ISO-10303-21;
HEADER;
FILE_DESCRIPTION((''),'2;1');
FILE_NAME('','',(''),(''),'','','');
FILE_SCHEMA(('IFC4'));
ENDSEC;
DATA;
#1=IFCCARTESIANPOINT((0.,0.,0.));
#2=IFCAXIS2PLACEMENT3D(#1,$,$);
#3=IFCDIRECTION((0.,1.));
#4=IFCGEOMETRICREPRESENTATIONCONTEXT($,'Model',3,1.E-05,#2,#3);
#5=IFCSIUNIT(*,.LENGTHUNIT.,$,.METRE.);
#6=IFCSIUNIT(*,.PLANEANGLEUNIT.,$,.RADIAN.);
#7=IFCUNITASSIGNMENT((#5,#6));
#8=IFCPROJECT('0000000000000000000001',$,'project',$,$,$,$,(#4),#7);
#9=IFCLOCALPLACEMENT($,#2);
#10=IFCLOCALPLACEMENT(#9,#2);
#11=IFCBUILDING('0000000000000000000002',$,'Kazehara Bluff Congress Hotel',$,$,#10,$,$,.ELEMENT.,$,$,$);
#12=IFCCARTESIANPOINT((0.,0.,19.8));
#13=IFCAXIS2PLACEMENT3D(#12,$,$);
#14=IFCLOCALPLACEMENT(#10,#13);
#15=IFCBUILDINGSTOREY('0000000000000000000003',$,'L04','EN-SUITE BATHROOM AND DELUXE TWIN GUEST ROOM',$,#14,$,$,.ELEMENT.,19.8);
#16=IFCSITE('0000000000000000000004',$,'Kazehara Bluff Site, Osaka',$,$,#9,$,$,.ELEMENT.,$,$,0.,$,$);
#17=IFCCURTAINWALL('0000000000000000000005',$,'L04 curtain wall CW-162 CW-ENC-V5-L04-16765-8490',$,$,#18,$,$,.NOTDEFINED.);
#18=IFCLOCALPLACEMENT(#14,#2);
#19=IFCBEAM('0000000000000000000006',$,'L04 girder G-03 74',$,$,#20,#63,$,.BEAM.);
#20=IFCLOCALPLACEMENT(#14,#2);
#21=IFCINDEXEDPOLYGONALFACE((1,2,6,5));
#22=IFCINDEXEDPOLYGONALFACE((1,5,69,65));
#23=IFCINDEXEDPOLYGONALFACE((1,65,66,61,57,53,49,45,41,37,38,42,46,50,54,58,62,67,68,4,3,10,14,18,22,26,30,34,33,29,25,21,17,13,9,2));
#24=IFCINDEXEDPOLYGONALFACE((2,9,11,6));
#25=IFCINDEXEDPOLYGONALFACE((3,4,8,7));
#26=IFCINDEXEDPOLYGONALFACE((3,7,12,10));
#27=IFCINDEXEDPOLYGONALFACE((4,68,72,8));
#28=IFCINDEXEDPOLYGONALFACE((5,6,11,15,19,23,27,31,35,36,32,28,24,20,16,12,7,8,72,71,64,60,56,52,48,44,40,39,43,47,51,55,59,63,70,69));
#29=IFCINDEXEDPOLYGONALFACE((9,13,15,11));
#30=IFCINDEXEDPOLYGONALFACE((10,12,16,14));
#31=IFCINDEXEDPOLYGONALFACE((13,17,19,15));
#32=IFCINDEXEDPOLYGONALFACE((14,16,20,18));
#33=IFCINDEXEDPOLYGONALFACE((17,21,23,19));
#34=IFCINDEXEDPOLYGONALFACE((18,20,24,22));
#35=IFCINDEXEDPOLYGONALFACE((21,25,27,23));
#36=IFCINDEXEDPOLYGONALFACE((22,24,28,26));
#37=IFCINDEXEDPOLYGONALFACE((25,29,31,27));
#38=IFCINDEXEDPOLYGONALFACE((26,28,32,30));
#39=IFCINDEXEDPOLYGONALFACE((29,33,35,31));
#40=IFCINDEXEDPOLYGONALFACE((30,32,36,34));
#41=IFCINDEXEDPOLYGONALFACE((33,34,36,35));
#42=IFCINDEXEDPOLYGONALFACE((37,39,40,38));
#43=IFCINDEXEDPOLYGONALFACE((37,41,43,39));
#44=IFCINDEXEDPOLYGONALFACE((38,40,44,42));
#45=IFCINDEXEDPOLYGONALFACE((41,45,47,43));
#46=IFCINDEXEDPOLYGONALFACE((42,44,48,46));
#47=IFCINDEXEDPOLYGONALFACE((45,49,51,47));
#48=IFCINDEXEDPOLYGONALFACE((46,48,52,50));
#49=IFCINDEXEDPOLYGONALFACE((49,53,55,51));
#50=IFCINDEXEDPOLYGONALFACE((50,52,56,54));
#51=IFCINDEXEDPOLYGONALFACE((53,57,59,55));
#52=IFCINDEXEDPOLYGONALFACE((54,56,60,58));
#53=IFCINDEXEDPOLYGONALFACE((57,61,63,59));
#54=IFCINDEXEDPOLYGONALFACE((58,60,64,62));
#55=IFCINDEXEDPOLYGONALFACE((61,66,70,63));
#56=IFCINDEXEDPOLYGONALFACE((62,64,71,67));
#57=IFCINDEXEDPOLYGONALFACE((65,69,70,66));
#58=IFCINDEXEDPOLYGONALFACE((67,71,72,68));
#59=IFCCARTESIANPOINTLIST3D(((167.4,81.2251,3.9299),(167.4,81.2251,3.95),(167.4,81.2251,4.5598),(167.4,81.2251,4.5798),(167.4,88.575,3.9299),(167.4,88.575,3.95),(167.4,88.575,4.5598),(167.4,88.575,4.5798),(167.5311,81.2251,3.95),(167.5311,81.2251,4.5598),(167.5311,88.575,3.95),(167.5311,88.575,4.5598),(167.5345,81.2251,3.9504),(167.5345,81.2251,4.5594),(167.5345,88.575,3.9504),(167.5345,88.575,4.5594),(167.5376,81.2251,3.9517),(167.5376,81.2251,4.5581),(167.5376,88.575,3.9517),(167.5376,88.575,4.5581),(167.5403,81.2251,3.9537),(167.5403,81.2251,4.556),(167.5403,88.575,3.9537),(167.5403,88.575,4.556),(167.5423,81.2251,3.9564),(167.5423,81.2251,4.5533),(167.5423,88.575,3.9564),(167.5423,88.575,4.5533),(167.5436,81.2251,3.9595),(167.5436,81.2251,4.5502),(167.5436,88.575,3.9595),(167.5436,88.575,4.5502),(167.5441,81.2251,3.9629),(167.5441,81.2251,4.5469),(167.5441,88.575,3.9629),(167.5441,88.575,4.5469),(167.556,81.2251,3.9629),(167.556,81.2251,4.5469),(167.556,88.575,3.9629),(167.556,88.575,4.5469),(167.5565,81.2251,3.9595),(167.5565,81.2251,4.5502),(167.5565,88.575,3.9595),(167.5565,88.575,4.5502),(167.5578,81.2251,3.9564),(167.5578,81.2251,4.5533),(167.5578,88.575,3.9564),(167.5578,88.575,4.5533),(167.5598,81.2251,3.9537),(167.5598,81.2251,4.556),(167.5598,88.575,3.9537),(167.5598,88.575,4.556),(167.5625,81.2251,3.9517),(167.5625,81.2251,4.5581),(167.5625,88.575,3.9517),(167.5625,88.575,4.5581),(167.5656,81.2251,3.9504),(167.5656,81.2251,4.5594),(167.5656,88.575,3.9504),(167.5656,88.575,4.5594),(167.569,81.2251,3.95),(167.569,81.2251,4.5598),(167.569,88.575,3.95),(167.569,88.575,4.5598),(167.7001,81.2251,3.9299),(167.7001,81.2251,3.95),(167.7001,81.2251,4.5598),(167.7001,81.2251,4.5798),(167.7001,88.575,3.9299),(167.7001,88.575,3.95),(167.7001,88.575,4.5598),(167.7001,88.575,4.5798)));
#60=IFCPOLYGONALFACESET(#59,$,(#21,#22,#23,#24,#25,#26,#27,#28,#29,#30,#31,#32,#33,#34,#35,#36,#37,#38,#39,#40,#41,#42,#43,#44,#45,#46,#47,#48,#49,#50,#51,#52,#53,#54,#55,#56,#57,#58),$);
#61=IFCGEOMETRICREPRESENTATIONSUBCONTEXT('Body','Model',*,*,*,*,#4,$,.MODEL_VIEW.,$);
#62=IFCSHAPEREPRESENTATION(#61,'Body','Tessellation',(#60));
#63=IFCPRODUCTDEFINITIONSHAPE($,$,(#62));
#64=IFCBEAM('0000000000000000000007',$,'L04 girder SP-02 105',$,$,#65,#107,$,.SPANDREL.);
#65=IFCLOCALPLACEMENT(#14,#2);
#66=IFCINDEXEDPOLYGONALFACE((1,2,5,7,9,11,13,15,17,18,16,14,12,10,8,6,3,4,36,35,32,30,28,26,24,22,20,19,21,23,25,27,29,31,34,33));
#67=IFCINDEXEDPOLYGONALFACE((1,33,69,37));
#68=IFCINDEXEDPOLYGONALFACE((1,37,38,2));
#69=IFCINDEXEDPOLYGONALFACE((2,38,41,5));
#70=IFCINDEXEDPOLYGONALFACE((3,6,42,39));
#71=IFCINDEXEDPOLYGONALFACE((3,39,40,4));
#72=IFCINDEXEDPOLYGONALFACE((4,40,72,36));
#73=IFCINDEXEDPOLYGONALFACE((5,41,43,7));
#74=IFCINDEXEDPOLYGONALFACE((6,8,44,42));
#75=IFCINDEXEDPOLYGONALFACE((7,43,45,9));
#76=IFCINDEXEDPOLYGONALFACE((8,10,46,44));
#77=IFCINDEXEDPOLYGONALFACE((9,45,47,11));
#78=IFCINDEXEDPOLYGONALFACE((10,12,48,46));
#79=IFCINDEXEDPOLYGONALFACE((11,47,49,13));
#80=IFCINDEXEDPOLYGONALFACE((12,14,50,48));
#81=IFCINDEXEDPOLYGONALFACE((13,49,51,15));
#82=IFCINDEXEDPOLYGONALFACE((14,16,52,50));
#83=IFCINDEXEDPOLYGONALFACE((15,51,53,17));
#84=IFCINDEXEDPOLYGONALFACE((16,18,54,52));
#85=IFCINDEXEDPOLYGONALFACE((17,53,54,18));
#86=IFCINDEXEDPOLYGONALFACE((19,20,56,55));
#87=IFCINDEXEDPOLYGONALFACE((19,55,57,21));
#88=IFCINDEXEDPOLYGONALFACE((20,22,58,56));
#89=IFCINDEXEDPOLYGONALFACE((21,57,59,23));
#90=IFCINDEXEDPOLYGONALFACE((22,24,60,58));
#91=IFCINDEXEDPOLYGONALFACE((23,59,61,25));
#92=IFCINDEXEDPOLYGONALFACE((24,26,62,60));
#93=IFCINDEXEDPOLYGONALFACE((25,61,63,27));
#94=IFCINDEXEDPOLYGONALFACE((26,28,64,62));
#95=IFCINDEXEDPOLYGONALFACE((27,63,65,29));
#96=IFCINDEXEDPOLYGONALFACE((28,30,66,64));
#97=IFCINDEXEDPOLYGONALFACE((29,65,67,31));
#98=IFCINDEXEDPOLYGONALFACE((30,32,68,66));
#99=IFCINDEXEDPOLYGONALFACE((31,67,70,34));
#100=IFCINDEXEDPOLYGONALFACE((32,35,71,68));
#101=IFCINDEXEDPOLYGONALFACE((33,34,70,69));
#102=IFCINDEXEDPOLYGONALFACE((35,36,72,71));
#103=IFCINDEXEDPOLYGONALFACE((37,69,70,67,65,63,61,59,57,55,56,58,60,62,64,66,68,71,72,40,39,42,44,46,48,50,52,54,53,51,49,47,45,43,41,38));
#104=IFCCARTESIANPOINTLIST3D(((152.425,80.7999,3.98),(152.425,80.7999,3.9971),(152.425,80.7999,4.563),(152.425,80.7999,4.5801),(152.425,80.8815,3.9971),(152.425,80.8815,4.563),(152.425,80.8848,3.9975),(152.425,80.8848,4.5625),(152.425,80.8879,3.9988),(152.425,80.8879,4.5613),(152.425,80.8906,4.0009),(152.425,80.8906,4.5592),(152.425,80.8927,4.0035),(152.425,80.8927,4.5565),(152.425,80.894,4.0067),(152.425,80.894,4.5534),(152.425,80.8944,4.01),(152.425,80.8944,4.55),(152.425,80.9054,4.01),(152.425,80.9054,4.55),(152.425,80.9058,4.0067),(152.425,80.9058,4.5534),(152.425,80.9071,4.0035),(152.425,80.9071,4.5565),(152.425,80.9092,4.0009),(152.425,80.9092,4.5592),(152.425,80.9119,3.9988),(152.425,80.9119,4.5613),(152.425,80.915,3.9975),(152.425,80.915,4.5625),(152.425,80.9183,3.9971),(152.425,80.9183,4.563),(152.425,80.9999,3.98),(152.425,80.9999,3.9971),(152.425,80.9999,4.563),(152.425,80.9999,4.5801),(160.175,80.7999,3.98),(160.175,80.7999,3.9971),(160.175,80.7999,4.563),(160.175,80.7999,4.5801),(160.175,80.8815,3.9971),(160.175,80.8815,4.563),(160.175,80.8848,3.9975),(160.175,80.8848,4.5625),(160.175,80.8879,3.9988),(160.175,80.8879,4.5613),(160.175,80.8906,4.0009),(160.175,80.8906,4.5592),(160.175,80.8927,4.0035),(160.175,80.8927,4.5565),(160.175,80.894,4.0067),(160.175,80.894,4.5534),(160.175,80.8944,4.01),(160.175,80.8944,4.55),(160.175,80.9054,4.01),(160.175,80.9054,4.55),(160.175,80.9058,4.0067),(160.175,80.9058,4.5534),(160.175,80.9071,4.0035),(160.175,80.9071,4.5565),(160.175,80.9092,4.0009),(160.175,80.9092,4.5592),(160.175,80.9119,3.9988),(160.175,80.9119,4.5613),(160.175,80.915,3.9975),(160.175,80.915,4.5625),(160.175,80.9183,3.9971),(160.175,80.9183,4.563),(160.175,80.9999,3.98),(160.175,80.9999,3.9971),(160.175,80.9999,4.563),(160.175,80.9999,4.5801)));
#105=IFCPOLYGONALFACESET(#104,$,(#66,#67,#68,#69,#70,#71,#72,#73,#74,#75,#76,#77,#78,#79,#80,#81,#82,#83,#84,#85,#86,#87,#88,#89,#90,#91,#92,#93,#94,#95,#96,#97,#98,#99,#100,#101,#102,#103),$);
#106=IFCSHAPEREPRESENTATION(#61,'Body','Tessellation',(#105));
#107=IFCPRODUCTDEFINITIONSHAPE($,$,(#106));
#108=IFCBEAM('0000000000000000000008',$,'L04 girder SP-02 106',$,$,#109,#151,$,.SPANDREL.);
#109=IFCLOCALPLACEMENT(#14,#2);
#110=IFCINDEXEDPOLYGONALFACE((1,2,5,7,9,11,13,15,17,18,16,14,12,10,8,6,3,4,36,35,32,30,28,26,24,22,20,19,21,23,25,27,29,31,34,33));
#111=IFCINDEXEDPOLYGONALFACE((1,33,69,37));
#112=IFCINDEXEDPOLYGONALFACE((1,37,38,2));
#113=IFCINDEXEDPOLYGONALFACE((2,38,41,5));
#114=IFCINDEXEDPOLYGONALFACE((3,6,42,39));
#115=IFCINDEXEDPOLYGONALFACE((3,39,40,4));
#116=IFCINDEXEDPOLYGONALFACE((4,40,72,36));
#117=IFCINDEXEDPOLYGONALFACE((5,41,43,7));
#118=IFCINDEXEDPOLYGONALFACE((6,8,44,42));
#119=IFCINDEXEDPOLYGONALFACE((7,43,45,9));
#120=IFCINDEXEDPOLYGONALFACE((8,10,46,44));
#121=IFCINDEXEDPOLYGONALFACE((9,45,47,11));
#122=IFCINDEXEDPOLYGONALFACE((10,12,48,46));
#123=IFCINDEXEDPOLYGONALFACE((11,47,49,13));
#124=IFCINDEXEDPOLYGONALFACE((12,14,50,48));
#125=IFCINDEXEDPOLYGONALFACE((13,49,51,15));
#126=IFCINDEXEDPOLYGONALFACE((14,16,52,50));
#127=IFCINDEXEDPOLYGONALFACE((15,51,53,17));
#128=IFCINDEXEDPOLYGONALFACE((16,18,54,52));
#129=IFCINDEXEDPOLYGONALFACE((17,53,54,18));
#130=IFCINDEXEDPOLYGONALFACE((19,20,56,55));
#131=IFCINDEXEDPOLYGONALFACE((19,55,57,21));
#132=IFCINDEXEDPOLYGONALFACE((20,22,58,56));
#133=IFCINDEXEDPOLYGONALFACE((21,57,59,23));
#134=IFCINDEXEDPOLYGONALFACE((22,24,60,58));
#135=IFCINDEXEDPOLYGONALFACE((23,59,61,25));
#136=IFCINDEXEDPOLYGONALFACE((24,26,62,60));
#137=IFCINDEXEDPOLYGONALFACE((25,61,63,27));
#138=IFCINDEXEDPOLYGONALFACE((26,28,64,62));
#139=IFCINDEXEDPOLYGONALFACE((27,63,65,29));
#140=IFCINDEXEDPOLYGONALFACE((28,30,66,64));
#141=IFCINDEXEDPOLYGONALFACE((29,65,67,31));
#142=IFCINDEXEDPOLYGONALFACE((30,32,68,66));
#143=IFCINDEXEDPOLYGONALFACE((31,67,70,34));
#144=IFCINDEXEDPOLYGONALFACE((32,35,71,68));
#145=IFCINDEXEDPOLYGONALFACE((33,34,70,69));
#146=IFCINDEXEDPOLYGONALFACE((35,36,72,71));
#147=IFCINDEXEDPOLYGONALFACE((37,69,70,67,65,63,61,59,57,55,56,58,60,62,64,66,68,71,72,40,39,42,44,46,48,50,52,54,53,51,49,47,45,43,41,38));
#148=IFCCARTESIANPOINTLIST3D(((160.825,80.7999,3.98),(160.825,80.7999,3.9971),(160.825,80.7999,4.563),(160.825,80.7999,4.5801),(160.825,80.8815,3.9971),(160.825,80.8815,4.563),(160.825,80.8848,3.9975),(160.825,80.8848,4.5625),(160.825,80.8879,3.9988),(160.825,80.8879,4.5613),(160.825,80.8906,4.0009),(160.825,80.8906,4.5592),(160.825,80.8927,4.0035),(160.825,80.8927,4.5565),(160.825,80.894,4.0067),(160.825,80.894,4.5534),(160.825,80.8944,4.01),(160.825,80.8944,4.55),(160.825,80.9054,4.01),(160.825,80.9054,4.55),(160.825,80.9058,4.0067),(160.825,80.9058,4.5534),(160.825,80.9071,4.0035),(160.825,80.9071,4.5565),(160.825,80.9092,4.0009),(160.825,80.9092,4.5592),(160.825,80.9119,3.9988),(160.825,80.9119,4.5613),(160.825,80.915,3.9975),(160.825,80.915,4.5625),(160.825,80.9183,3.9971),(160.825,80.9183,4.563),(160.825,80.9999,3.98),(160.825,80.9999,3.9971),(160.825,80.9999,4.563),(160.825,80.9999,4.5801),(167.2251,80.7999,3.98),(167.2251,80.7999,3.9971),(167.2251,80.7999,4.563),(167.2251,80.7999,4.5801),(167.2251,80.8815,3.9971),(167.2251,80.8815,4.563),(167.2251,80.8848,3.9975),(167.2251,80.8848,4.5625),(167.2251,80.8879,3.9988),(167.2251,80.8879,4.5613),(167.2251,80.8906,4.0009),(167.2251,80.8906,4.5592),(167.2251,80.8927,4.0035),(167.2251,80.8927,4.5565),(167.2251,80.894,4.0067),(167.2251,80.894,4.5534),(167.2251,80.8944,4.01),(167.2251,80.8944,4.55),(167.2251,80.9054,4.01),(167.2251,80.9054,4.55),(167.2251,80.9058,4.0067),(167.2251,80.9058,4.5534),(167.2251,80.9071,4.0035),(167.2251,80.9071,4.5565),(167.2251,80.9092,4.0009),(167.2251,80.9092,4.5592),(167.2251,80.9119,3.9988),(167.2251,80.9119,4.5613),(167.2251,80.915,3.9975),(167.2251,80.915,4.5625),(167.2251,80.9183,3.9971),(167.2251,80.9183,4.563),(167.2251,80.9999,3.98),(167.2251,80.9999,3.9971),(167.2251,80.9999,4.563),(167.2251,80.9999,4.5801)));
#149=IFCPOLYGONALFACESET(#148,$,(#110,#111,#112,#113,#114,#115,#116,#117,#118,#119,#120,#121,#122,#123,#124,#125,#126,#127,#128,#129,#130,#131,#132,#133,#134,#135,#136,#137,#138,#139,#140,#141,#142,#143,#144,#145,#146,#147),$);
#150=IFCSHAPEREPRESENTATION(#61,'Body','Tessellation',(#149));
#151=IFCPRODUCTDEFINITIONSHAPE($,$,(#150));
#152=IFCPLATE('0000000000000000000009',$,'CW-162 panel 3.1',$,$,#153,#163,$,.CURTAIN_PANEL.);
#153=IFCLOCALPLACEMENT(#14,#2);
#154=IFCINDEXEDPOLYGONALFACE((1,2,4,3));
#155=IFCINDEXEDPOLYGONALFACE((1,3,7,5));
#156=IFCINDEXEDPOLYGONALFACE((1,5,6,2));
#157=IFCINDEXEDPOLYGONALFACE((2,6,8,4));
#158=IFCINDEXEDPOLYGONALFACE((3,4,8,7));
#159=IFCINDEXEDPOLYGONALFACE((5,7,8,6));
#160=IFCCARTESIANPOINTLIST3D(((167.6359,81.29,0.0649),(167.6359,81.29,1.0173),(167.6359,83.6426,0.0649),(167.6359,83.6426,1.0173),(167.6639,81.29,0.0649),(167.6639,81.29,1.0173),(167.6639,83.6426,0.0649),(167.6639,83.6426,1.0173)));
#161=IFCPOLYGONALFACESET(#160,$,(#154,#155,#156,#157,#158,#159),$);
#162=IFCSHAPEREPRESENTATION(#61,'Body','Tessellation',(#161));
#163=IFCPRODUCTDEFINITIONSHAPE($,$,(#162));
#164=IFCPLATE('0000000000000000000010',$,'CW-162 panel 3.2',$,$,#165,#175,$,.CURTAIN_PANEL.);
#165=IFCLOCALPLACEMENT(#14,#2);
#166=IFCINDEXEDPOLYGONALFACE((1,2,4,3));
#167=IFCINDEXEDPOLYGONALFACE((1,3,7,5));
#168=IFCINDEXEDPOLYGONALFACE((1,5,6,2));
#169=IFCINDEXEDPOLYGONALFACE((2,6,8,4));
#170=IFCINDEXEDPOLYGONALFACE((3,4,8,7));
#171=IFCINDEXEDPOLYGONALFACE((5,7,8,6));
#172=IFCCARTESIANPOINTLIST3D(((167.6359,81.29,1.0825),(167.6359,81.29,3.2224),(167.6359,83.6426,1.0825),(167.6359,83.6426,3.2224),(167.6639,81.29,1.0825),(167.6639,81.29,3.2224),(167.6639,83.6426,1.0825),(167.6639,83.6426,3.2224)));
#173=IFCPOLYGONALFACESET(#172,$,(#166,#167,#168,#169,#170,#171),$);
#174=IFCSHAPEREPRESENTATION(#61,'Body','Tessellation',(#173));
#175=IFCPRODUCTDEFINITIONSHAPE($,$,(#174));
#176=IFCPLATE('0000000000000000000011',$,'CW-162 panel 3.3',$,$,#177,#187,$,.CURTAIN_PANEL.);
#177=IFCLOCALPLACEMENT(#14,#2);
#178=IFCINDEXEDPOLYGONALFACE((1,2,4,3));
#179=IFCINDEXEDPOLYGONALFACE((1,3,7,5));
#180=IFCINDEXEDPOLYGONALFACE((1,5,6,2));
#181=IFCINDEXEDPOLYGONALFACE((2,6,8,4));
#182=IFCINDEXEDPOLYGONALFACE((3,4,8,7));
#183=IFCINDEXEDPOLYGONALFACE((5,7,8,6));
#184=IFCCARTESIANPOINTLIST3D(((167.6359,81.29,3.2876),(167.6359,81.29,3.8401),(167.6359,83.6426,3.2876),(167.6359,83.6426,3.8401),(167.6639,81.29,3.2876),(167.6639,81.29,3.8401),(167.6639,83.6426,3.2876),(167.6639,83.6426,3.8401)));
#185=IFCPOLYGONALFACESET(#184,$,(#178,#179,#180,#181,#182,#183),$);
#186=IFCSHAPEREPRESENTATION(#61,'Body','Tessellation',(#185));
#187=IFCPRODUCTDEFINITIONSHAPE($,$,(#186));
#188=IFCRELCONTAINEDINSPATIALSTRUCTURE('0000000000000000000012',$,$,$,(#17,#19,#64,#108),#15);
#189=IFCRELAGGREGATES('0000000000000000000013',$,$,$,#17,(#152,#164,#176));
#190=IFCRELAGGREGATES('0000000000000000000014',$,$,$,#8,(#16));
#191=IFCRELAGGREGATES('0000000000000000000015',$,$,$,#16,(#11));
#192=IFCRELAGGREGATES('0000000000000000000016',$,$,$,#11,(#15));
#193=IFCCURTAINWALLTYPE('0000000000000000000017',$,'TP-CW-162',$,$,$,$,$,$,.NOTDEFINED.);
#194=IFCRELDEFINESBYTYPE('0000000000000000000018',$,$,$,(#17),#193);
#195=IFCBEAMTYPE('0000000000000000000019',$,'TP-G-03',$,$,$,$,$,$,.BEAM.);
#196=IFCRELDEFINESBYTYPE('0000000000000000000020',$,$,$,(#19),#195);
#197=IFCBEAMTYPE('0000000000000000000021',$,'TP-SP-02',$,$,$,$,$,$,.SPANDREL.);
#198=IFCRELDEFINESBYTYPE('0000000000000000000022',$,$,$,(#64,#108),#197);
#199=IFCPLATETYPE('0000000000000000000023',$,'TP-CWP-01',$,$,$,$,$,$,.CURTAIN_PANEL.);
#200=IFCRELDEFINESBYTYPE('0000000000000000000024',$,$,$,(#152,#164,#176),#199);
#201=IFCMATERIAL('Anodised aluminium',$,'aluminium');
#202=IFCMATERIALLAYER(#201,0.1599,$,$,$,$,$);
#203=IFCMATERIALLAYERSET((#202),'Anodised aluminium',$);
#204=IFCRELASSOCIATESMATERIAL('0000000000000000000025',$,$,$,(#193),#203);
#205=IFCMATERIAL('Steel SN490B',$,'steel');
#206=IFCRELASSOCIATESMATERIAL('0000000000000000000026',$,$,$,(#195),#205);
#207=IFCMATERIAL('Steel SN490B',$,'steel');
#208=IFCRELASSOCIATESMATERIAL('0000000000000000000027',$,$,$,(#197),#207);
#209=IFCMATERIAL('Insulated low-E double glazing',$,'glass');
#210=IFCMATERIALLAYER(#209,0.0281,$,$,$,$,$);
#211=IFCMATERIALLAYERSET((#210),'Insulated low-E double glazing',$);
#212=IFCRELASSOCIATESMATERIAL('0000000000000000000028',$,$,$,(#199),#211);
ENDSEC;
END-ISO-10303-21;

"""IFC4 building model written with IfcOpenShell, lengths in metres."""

from ifc_helpers import new_model, si_unit, direction, frame, origin, origin_2d, place, context, subcontext, project, spatial, rectangle, i_section, extrude, material, layer, layer_set, material_profile, profile_set, type_object, element, aggregate, save


model = new_model("IFC4")

# Units and contexts
model_context = context("Model", 3, precision=1e-05, world=origin(), true_north=direction((0.0, 1.0)))
body_context = subcontext(model_context, "Body", "Model", "MODEL_VIEW")
ifc_project = project(units=[si_unit("LENGTHUNIT", "METRE"), si_unit("PLANEANGLEUNIT", "RADIAN")], contexts=[model_context])

# Site, building, storey
site_placement = place(None, origin())
site = spatial("IfcSite", under=ifc_project, at=site_placement, Name="Kazehara Bluff Site, Osaka", CompositionType="ELEMENT", RefElevation=0.0)
building_placement = place(site_placement, origin())
building = spatial("IfcBuilding", under=site, at=building_placement, Name="Kazehara Bluff Congress Hotel", CompositionType="ELEMENT")
storey_placement = place(building_placement, frame((0.0, 0.0, 19.8)))
storey = spatial("IfcBuildingStorey", under=building, at=storey_placement, Name="L04", Description="EN-SUITE BATHROOM AND DELUXE TWIN GUEST ROOM", CompositionType="ELEMENT", Elevation=19.8)

# Curtain wall
ifc_material_1 = material(Name="Anodised aluminium", Category="aluminium")
ifc_layer_1 = layer(ifc_material_1, 0.1599)
ifc_layer_set_1 = layer_set([ifc_layer_1], Name="Anodised aluminium")
curtain_wall_type_1 = type_object("IfcCurtainWallType", Name="TP-CW-162", PredefinedType="NOTDEFINED", material=ifc_layer_set_1)
curtain_wall_1_placement = place(storey_placement, origin())
curtain_wall_1 = element("IfcCurtainWall", 1, at=curtain_wall_1_placement, inside=storey, type_object=curtain_wall_type_1, Name="L04 curtain wall CW-162 CW-ENC-V5-L04-16765-8490", PredefinedType="NOTDEFINED")

# Beams
ifc_material_2 = material(Name="Steel SN490B", Category="steel")
ifc_material_profile_1 = material_profile(ifc_material_2, i_section(OverallWidth=0.3, OverallDepth=0.6499, WebThickness=0.012, FlangeThickness=0.02, FilletRadius=0.0129, at=origin_2d()))
ifc_profile_set_1 = profile_set([ifc_material_profile_1], Name="Steel SN490B")
beam_type_1 = type_object("IfcBeamType", Name="TP-G-03", PredefinedType="BEAM", material=ifc_profile_set_1)
for number, where, z_axis, x_axis, name in (
    (2, (167.55, 81.2251, 4.2549), (0.0, 1.0, 0.0), (-1.0, 0.0, 0.0), "L04 girder G-03 74"),
):
    element("IfcBeam", number, at=place(storey_placement, frame(where, z_axis=z_axis, x_axis=x_axis)), inside=storey, type_object=beam_type_1, Name=name, PredefinedType="BEAM", context=body_context, shape_type="SweptSolid", body=[
        extrude(i_section(OverallWidth=0.3, OverallDepth=0.6499, WebThickness=0.012, FlangeThickness=0.02, FilletRadius=0.0129, at=origin_2d()), origin(), (0.0, 0.0, 1.0), 7.3499),
    ])
ifc_material_3 = material(Name="Steel SN490B", Category="steel")
ifc_material_profile_2 = material_profile(ifc_material_3, i_section(OverallWidth=0.2, OverallDepth=0.6001, WebThickness=0.011, FlangeThickness=0.0171, FilletRadius=0.0129, at=origin_2d()))
ifc_profile_set_2 = profile_set([ifc_material_profile_2], Name="Steel SN490B")
beam_type_2 = type_object("IfcBeamType", Name="TP-SP-02", PredefinedType="SPANDREL", material=ifc_profile_set_2)
beam_1_placement = place(storey_placement, frame((152.425, 80.8999, 4.28), z_axis=(1.0, 0.0, 0.0), x_axis=(0.0, 1.0, 0.0)))
element("IfcBeam", 3, at=beam_1_placement, inside=storey, type_object=beam_type_2, Name="L04 girder SP-02 105", PredefinedType="SPANDREL", context=body_context, shape_type="SweptSolid", body=[
    extrude(i_section(OverallWidth=0.2, OverallDepth=0.6001, WebThickness=0.011, FlangeThickness=0.0171, FilletRadius=0.0129, at=origin_2d()), origin(), (0.0, 0.0, 1.0), 7.75),
])
beam_2_placement = place(storey_placement, frame((160.825, 80.8999, 4.28), z_axis=(1.0, 0.0, 0.0), x_axis=(0.0, 1.0, 0.0)))
element("IfcBeam", 4, at=beam_2_placement, inside=storey, type_object=beam_type_2, Name="L04 girder SP-02 106", PredefinedType="SPANDREL", context=body_context, shape_type="SweptSolid", body=[
    extrude(i_section(OverallWidth=0.2, OverallDepth=0.6001, WebThickness=0.011, FlangeThickness=0.0171, FilletRadius=0.0129, at=origin_2d()), origin(), (0.0, 0.0, 1.0), 6.4001),
])

# Plates
ifc_material_4 = material(Name="Insulated low-E double glazing", Category="glass")
ifc_layer_2 = layer(ifc_material_4, 0.0281)
ifc_layer_set_2 = layer_set([ifc_layer_2], Name="Insulated low-E double glazing")
plate_type_1 = type_object("IfcPlateType", Name="TP-CWP-01", PredefinedType="CURTAIN_PANEL", material=ifc_layer_set_2)
plate_1_placement = place(storey_placement, frame((167.6499, 82.4663, 0.0649), z_axis=(0.0, 0.0, 1.0), x_axis=(0.0, -1.0, 0.0)))
plate_1 = element("IfcPlate", 5, at=plate_1_placement, type_object=plate_type_1, Name="CW-162 panel 3.1", PredefinedType="CURTAIN_PANEL", context=body_context, shape_type="SweptSolid", body=[
    extrude(rectangle(XDim=2.3525, YDim=0.0281, at=origin_2d()), origin(), (0.0, 0.0, 1.0), 0.9524),
])
plate_2_placement = place(storey_placement, frame((167.6499, 82.4663, 1.0825), z_axis=(0.0, 0.0, 1.0), x_axis=(0.0, -1.0, 0.0)))
plate_2 = element("IfcPlate", 6, at=plate_2_placement, type_object=plate_type_1, Name="CW-162 panel 3.2", PredefinedType="CURTAIN_PANEL", context=body_context, shape_type="SweptSolid", body=[
    extrude(rectangle(XDim=2.3525, YDim=0.0281, at=origin_2d()), origin(), (0.0, 0.0, 1.0), 2.1399),
])
plate_3_placement = place(storey_placement, frame((167.6499, 82.4663, 3.2876), z_axis=(0.0, 0.0, 1.0), x_axis=(0.0, -1.0, 0.0)))
plate_3 = element("IfcPlate", 7, at=plate_3_placement, type_object=plate_type_1, Name="CW-162 panel 3.3", PredefinedType="CURTAIN_PANEL", context=body_context, shape_type="SweptSolid", body=[
    extrude(rectangle(XDim=2.3525, YDim=0.0281, at=origin_2d()), origin(), (0.0, 0.0, 1.0), 0.5525),
])
aggregate(curtain_wall_1, [plate_1, plate_2, plate_3])

save(model, "model.ifc")
